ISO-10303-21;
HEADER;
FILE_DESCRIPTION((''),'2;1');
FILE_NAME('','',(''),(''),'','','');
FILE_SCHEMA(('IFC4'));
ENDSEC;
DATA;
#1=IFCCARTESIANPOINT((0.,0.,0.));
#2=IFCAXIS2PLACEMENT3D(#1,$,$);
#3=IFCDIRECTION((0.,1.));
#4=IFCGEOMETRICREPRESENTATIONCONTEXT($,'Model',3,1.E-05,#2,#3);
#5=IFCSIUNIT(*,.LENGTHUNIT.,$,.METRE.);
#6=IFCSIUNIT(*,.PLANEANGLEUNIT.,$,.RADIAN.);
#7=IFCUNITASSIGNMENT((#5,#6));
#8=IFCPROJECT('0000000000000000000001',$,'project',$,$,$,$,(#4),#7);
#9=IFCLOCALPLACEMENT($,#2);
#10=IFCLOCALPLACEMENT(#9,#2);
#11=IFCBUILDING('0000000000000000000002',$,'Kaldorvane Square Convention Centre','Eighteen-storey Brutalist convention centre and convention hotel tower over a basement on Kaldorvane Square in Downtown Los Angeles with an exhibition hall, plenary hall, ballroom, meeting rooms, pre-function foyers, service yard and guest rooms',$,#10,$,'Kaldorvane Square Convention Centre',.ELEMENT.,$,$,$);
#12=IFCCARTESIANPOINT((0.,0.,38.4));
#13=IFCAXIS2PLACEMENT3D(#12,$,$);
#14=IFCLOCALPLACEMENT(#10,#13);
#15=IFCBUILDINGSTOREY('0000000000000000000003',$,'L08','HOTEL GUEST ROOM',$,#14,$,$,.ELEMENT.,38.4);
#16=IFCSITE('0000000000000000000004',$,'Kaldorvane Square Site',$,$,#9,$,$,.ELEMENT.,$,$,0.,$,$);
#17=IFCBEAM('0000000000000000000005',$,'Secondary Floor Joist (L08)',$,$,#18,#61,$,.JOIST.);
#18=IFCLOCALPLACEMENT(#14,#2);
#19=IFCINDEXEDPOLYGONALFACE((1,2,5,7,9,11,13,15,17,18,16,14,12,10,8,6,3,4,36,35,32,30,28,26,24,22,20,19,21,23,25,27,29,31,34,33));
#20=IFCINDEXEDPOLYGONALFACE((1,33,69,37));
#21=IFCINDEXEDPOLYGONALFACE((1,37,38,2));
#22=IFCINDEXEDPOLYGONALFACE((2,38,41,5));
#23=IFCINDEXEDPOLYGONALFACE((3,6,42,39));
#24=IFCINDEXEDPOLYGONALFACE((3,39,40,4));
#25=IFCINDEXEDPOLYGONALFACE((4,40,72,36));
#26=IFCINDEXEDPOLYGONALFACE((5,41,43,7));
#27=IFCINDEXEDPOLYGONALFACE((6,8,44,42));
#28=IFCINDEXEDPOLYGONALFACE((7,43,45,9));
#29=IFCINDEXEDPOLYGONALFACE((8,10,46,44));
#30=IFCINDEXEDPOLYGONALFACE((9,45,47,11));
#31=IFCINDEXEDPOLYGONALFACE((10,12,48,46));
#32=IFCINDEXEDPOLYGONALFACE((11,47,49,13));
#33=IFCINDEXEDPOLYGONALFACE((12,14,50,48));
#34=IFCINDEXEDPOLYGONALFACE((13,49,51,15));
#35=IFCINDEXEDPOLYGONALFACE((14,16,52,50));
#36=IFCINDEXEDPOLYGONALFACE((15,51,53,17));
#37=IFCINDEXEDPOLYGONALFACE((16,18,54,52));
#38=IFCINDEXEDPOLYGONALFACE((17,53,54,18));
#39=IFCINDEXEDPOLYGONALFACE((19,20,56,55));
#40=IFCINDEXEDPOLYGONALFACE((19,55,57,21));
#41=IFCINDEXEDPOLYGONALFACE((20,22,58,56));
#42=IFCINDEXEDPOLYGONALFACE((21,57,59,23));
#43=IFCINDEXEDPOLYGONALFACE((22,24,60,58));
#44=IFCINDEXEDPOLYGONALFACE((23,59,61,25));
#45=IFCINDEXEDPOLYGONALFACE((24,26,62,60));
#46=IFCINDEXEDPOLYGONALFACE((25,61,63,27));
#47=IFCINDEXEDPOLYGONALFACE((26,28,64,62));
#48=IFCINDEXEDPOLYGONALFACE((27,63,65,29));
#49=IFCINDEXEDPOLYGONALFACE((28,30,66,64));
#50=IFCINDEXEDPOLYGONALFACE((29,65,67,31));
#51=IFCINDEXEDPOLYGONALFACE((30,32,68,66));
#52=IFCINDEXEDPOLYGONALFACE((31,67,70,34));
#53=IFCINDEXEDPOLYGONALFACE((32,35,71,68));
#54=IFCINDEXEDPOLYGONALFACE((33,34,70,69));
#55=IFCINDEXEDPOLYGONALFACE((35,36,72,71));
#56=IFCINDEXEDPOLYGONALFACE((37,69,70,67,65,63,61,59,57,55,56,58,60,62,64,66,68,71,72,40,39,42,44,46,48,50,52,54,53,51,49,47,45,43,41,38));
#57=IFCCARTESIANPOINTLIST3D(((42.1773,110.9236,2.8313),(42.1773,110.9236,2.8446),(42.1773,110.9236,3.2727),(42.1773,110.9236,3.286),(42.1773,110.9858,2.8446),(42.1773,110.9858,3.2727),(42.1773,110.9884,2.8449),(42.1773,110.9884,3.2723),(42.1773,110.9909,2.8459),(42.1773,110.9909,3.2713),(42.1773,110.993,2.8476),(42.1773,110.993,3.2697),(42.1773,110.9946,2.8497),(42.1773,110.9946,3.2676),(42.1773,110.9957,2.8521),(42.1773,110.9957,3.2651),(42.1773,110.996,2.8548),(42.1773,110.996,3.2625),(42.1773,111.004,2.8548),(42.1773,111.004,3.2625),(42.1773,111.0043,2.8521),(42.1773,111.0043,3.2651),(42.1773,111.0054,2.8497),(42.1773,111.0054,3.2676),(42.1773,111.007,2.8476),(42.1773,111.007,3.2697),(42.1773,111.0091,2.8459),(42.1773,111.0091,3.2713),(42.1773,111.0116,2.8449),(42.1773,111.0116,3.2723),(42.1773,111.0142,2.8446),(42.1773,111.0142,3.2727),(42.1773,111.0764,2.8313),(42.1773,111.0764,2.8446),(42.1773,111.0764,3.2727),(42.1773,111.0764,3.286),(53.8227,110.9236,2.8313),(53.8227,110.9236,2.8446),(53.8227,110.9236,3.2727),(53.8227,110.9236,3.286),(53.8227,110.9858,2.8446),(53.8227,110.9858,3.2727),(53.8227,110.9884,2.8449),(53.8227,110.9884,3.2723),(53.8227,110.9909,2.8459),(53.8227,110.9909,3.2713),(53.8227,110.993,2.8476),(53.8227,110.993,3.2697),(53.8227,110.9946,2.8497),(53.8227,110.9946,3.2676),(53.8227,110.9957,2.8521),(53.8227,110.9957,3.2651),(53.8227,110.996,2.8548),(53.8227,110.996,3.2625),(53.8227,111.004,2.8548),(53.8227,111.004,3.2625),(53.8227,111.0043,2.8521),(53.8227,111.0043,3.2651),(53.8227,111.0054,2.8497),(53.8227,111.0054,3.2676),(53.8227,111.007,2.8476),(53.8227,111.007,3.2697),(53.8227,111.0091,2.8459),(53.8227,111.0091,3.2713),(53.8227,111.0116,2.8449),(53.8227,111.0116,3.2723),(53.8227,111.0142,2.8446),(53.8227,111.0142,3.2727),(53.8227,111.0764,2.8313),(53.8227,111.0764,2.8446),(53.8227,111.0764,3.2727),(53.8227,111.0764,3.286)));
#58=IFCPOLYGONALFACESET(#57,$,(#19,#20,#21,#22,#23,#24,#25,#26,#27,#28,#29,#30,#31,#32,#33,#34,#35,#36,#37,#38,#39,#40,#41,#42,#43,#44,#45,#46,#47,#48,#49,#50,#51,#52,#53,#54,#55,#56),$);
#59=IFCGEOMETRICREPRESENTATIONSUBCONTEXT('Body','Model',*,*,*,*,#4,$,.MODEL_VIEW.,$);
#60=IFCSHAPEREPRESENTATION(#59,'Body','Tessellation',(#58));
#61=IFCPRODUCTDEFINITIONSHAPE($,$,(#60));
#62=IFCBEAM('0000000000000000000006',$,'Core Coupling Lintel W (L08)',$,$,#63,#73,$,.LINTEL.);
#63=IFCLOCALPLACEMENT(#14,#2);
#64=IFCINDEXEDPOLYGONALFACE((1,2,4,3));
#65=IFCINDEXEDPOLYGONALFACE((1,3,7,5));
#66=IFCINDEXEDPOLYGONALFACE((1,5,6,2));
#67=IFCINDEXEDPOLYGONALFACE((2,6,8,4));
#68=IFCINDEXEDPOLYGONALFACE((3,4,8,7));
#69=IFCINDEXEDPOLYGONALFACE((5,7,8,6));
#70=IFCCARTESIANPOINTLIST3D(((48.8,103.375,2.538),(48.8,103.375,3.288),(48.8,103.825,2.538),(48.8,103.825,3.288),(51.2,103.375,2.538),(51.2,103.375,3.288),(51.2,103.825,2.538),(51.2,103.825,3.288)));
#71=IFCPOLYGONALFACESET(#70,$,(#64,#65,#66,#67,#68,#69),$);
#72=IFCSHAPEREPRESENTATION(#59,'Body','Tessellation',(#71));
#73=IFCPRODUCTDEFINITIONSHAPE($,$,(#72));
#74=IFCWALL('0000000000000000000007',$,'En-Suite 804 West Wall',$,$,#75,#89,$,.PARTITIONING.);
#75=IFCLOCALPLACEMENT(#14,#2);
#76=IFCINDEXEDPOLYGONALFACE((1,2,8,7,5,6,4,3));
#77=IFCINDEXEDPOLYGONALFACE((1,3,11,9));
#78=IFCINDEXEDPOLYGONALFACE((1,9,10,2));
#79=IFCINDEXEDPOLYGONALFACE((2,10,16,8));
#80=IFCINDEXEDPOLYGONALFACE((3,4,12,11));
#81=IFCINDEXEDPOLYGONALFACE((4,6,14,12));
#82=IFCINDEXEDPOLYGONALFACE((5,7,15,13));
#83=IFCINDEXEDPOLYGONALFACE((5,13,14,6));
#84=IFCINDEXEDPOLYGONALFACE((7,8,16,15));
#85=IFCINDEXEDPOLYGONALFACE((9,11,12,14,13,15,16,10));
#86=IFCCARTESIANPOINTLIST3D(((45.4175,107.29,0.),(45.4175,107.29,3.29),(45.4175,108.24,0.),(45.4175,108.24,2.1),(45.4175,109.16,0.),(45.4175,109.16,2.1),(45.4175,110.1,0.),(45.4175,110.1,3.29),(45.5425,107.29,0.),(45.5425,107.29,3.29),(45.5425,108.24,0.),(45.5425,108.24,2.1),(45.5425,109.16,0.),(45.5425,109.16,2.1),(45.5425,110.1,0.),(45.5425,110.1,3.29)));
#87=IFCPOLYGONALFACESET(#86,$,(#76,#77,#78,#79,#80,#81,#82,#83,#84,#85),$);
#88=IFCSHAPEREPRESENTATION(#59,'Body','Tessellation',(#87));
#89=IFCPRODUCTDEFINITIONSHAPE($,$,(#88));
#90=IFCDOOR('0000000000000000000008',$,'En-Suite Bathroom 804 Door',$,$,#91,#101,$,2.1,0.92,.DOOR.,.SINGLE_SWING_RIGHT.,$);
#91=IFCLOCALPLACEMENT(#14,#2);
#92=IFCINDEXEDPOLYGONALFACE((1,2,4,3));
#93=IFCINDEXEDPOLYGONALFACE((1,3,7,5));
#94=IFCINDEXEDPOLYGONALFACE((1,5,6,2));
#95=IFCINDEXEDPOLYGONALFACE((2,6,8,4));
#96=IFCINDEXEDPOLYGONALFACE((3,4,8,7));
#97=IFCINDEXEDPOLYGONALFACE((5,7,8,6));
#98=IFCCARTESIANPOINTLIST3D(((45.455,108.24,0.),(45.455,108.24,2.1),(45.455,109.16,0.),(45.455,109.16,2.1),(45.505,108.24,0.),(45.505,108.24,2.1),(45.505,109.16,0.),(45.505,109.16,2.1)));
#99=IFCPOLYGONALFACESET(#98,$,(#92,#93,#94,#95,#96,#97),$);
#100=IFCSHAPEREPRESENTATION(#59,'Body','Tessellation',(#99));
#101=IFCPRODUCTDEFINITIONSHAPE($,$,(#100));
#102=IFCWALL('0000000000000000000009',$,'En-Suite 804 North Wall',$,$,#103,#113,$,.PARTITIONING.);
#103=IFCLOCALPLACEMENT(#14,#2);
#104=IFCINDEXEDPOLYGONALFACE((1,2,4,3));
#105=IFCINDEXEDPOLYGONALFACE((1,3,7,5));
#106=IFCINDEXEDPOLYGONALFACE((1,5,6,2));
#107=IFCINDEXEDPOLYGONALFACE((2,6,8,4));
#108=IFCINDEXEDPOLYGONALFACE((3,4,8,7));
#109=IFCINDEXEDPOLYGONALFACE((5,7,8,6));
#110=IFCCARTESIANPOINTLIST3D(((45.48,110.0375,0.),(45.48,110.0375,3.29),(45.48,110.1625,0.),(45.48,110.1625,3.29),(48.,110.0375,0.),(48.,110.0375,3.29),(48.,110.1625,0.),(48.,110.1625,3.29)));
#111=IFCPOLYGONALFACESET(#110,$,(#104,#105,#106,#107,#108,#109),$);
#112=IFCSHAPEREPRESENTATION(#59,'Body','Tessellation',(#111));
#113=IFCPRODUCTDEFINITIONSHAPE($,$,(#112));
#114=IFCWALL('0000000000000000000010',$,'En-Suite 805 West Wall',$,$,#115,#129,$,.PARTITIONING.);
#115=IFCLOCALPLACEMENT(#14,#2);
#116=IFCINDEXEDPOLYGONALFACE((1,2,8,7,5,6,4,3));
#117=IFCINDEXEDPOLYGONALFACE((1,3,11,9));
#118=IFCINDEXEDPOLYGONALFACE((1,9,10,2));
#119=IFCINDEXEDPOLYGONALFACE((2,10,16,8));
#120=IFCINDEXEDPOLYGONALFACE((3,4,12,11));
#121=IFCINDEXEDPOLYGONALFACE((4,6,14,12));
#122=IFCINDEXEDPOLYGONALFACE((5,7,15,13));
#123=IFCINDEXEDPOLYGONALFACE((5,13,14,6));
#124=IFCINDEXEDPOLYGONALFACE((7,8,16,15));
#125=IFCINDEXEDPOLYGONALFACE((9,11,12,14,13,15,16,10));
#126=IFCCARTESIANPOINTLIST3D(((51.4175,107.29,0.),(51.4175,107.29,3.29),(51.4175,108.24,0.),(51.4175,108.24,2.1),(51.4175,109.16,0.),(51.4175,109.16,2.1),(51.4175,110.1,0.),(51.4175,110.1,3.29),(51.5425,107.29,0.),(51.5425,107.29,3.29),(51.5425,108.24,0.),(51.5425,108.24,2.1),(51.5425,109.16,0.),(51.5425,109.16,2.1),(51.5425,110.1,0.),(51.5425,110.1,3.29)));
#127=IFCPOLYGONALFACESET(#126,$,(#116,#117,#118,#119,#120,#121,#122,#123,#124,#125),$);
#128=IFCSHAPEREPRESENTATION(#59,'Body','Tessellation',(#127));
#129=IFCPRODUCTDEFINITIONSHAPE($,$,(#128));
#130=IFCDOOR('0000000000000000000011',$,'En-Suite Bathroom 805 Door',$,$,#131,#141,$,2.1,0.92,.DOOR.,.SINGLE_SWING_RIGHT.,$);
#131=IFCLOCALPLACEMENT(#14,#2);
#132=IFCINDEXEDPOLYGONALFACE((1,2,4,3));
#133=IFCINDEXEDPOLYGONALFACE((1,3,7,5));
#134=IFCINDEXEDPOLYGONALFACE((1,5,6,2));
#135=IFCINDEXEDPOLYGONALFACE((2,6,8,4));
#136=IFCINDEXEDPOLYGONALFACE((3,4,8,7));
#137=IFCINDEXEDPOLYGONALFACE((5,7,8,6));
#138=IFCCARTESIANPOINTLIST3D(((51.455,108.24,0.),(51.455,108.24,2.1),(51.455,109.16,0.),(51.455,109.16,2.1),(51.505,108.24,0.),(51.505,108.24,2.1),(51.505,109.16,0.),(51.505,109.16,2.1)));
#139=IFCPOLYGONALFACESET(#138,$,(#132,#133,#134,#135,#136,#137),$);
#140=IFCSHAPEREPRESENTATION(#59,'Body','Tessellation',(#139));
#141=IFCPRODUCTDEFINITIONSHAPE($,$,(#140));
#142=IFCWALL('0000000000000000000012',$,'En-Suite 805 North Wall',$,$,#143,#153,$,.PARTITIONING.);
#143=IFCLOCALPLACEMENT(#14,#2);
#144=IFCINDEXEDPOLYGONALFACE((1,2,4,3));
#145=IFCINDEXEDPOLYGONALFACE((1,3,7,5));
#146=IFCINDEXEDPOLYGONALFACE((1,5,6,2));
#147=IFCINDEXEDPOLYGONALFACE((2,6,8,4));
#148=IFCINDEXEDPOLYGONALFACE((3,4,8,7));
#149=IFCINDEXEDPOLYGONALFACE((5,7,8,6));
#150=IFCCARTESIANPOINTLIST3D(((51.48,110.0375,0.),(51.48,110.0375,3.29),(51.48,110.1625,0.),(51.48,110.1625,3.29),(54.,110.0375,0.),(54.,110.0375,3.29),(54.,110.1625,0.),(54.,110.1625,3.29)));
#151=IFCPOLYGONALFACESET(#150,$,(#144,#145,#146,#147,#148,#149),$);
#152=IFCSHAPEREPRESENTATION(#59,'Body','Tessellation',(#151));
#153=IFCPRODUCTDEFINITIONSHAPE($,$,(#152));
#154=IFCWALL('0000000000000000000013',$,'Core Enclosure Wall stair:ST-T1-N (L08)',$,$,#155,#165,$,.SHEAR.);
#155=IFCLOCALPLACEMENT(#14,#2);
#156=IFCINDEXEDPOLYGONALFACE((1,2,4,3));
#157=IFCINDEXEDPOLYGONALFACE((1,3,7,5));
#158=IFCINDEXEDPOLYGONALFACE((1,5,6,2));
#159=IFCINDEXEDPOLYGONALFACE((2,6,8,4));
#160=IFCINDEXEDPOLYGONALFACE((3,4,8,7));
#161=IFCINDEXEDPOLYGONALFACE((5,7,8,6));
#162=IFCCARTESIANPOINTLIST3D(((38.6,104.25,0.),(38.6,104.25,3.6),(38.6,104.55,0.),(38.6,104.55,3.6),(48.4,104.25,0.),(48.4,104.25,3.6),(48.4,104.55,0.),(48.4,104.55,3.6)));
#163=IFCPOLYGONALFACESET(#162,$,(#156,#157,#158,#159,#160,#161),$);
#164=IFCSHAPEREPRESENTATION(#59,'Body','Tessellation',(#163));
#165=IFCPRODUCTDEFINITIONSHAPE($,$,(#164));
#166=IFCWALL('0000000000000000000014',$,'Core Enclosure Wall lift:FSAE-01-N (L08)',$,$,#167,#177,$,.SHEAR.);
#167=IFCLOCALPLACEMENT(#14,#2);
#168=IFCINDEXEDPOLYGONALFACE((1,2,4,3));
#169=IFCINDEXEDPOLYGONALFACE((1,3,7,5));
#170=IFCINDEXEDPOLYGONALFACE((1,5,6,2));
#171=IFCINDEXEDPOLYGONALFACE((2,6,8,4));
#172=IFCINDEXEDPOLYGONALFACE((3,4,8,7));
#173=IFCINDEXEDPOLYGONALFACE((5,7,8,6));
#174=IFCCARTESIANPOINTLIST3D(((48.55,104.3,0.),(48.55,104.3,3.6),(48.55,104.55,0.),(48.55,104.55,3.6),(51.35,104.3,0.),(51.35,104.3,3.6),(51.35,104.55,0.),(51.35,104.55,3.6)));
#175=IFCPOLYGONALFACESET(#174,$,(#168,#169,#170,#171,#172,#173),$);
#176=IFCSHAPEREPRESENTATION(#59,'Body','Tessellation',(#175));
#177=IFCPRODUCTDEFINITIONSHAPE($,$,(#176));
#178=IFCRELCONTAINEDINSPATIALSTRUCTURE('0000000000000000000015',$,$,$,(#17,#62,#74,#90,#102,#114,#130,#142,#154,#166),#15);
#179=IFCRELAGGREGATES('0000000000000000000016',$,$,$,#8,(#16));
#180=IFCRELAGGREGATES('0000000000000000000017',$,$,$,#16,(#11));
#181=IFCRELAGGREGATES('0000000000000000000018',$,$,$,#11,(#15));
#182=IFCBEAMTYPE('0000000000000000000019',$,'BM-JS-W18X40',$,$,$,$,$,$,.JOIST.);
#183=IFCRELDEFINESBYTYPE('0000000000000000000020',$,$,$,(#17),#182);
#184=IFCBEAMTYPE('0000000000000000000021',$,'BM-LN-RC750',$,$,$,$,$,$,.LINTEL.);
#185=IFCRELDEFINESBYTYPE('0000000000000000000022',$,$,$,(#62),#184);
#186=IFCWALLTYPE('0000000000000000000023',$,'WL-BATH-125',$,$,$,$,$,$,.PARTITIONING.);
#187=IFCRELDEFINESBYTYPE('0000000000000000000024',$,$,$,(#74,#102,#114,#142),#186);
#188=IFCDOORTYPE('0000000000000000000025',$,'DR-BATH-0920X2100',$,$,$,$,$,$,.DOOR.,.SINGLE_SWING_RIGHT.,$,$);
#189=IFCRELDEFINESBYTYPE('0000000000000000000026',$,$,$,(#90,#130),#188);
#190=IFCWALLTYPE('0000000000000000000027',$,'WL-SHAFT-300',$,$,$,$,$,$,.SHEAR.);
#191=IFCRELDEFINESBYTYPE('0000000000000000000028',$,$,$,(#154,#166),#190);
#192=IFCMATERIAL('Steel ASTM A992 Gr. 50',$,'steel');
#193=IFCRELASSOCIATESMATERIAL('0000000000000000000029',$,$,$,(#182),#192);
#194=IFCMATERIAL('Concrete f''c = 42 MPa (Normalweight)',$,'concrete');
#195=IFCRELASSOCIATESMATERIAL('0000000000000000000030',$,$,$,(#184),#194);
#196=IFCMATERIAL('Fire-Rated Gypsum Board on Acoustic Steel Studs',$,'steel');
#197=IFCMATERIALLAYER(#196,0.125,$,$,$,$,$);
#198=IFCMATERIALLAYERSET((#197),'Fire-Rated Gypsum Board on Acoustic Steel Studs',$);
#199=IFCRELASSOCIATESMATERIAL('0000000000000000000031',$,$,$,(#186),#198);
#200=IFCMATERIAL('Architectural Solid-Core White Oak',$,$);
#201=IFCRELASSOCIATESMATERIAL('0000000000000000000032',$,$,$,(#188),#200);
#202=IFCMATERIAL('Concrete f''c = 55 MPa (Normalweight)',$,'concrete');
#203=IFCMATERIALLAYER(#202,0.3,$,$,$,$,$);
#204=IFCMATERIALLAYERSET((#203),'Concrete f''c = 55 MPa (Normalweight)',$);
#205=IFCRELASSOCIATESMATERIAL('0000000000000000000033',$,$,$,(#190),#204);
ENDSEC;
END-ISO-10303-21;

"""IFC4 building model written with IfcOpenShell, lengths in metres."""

from ifc_helpers import new_model, si_unit, direction, frame, frame_2d, origin, origin_2d, place, context, subcontext, project, spatial, rectangle, i_section, extrude, material, layer, layer_set, material_profile, profile_set, type_object, element, fill, save


model = new_model("IFC4")

# Units and contexts
model_context = context("Model", 3, precision=1e-05, world=origin(), true_north=direction((0.0, 1.0)))
body_context = subcontext(model_context, "Body", "Model", "MODEL_VIEW")
ifc_project = project(units=[si_unit("LENGTHUNIT", "METRE"), si_unit("PLANEANGLEUNIT", "RADIAN")], contexts=[model_context])

# Site, building, storey
site_placement = place(None, origin())
site = spatial("IfcSite", under=ifc_project, at=site_placement, Name="Kaldorvane Square Site", CompositionType="ELEMENT", RefElevation=0.0)
building_placement = place(site_placement, origin())
building = spatial("IfcBuilding", under=site, at=building_placement, Name="Kaldorvane Square Convention Centre", Description="Eighteen-storey Brutalist convention centre and convention hotel tower over a basement on Kaldorvane Square in Downtown Los Angeles with an exhibition hall, plenary hall, ballroom, meeting rooms, pre-function foyers, service yard and guest rooms", LongName="Kaldorvane Square Convention Centre", CompositionType="ELEMENT")
storey_placement = place(building_placement, frame((0.0, 0.0, 38.4)))
storey = spatial("IfcBuildingStorey", under=building, at=storey_placement, Name="L08", Description="HOTEL GUEST ROOM", CompositionType="ELEMENT", Elevation=38.4)

# Shared definitions
ifc_material_1 = material(Name="Steel ASTM A992 Gr. 50", Category="steel")

# Beams
ifc_material_profile_1 = material_profile(ifc_material_1, i_section(OverallWidth=0.1528, OverallDepth=0.4547, WebThickness=0.008, FlangeThickness=0.0133, FilletRadius=0.0102, at=origin_2d()), Name="W18X40")
ifc_profile_set_1 = profile_set([ifc_material_profile_1], Name="Steel ASTM A992 Gr. 50")
beam_type_1 = type_object("IfcBeamType", Name="BM-JS-W18X40", PredefinedType="JOIST", material=ifc_profile_set_1)
beam_1_placement = place(storey_placement, frame((42.1773, 111.0, 3.0586), z_axis=(1.0, 0.0, 0.0), x_axis=(0.0, 1.0, 0.0)))
element("IfcBeam", 1, at=beam_1_placement, inside=storey, type_object=beam_type_1, Name="Secondary Floor Joist (L08)", PredefinedType="JOIST", context=body_context, shape_type="SweptSolid", body=[
    extrude(i_section(OverallWidth=0.1528, OverallDepth=0.4547, WebThickness=0.008, FlangeThickness=0.0133, FilletRadius=0.0102, at=origin_2d()), origin(), (0.0, 0.0, 1.0), 11.6454),
])
ifc_material_2 = material(Name="Concrete f'c = 42 MPa (Normalweight)", Category="concrete")
ifc_material_profile_2 = material_profile(ifc_material_2, rectangle(XDim=0.45, YDim=0.75, at=origin_2d()), Name="RCLN750X450")
ifc_profile_set_2 = profile_set([ifc_material_profile_2], Name="Concrete f'c = 42 MPa (Normalweight)")
beam_type_2 = type_object("IfcBeamType", Name="BM-LN-RC750", PredefinedType="LINTEL", material=ifc_profile_set_2)
beam_2_placement = place(storey_placement, frame((48.8, 103.6, 2.913), z_axis=(1.0, 0.0, 0.0), x_axis=(0.0, 1.0, 0.0)))
element("IfcBeam", 2, at=beam_2_placement, inside=storey, type_object=beam_type_2, Name="Core Coupling Lintel W (L08)", PredefinedType="LINTEL", context=body_context, shape_type="SweptSolid", body=[
    extrude(rectangle(XDim=0.45, YDim=0.75, at=origin_2d()), origin(), (0.0, 0.0, 1.0), 2.4),
])

# Wall, opening, door
ifc_material_3 = material(Name="Fire-Rated Gypsum Board on Acoustic Steel Studs", Category="steel")
ifc_layer_1 = layer(ifc_material_3, 0.125)
ifc_layer_set_1 = layer_set([ifc_layer_1], Name="Fire-Rated Gypsum Board on Acoustic Steel Studs")
wall_type_1 = type_object("IfcWallType", Name="WL-BATH-125", PredefinedType="PARTITIONING", material=ifc_layer_set_1)
wall_1_placement = place(storey_placement, frame((45.48, 107.29, 0.0), z_axis=(0.0, 0.0, 1.0), x_axis=(0.0, 1.0, 0.0)))
wall_1 = element("IfcWall", 3, at=wall_1_placement, inside=storey, type_object=wall_type_1, Name="En-Suite 804 West Wall", PredefinedType="PARTITIONING", context=body_context, shape_type="SweptSolid", body=[
    extrude(rectangle(XDim=2.81, YDim=0.125, at=frame_2d((1.405, 0.0))), origin(), (0.0, 0.0, 1.0), 3.29),
])
opening_1_placement = place(wall_1_placement, frame((0.95, 0.0, 0.0)))
opening_1 = element("IfcOpeningElement", 4, at=opening_1_placement, cuts=wall_1, PredefinedType="OPENING", context=body_context, shape_type="SweptSolid", body=[
    extrude(rectangle(XDim=0.92, YDim=2.1, at=frame_2d((0.46, 1.05))), frame((0.0, 0.0775, 0.0), z_axis=(0.0, -1.0, 0.0), x_axis=(1.0, 0.0, 0.0)), (0.0, 0.0, 1.0), 0.155),
])
ifc_material_4 = material(Name="Architectural Solid-Core White Oak")
door_type_1 = type_object("IfcDoorType", Name="DR-BATH-0920X2100", OperationType="SINGLE_SWING_RIGHT", PredefinedType="DOOR", material=ifc_material_4)
door_1_placement = place(opening_1_placement, origin())
door_1 = element("IfcDoor", 5, at=door_1_placement, inside=storey, type_object=door_type_1, Name="En-Suite Bathroom 804 Door", OperationType="SINGLE_SWING_RIGHT", OverallHeight=2.1, OverallWidth=0.92, PredefinedType="DOOR", context=body_context, shape_type="SweptSolid", body=[
    extrude(rectangle(XDim=0.92, YDim=2.1, at=frame_2d((0.46, 1.05))), frame((0.0, 0.025, 0.0), z_axis=(0.0, -1.0, 0.0), x_axis=(1.0, 0.0, 0.0)), (0.0, 0.0, 1.0), 0.05),
])
fill(opening_1, door_1)

# Wall
wall_2_placement = place(storey_placement, frame((45.48, 110.1, 0.0), z_axis=(0.0, 0.0, 1.0), x_axis=(1.0, 0.0, 0.0)))
element("IfcWall", 6, at=wall_2_placement, inside=storey, type_object=wall_type_1, Name="En-Suite 804 North Wall", PredefinedType="PARTITIONING", context=body_context, shape_type="SweptSolid", body=[
    extrude(rectangle(XDim=2.52, YDim=0.125, at=frame_2d((1.26, 0.0))), origin(), (0.0, 0.0, 1.0), 3.29),
])

# Wall, opening, door
wall_3_placement = place(storey_placement, frame((51.48, 107.29, 0.0), z_axis=(0.0, 0.0, 1.0), x_axis=(0.0, 1.0, 0.0)))
wall_3 = element("IfcWall", 7, at=wall_3_placement, inside=storey, type_object=wall_type_1, Name="En-Suite 805 West Wall", PredefinedType="PARTITIONING", context=body_context, shape_type="SweptSolid", body=[
    extrude(rectangle(XDim=2.81, YDim=0.125, at=frame_2d((1.405, 0.0))), origin(), (0.0, 0.0, 1.0), 3.29),
])
opening_2_placement = place(wall_3_placement, frame((0.95, 0.0, 0.0)))
opening_2 = element("IfcOpeningElement", 8, at=opening_2_placement, cuts=wall_3, PredefinedType="OPENING", context=body_context, shape_type="SweptSolid", body=[
    extrude(rectangle(XDim=0.92, YDim=2.1, at=frame_2d((0.46, 1.05))), frame((0.0, 0.0775, 0.0), z_axis=(0.0, -1.0, 0.0), x_axis=(1.0, 0.0, 0.0)), (0.0, 0.0, 1.0), 0.155),
])
door_2_placement = place(opening_2_placement, origin())
door_2 = element("IfcDoor", 9, at=door_2_placement, inside=storey, type_object=door_type_1, Name="En-Suite Bathroom 805 Door", OperationType="SINGLE_SWING_RIGHT", OverallHeight=2.1, OverallWidth=0.92, PredefinedType="DOOR", context=body_context, shape_type="SweptSolid", body=[
    extrude(rectangle(XDim=0.92, YDim=2.1, at=frame_2d((0.46, 1.05))), frame((0.0, 0.025, 0.0), z_axis=(0.0, -1.0, 0.0), x_axis=(1.0, 0.0, 0.0)), (0.0, 0.0, 1.0), 0.05),
])
fill(opening_2, door_2)

# Walls
wall_4_placement = place(storey_placement, frame((51.48, 110.1, 0.0), z_axis=(0.0, 0.0, 1.0), x_axis=(1.0, 0.0, 0.0)))
element("IfcWall", 10, at=wall_4_placement, inside=storey, type_object=wall_type_1, Name="En-Suite 805 North Wall", PredefinedType="PARTITIONING", context=body_context, shape_type="SweptSolid", body=[
    extrude(rectangle(XDim=2.52, YDim=0.125, at=frame_2d((1.26, 0.0))), origin(), (0.0, 0.0, 1.0), 3.29),
])
ifc_material_5 = material(Name="Concrete f'c = 55 MPa (Normalweight)", Category="concrete")
ifc_layer_2 = layer(ifc_material_5, 0.3)
ifc_layer_set_2 = layer_set([ifc_layer_2], Name="Concrete f'c = 55 MPa (Normalweight)")
wall_type_2 = type_object("IfcWallType", Name="WL-SHAFT-300", PredefinedType="SHEAR", material=ifc_layer_set_2)
wall_5_placement = place(storey_placement, frame((48.4, 104.4, 0.0), z_axis=(0.0, 0.0, 1.0), x_axis=(-1.0, 0.0, 0.0)))
element("IfcWall", 11, at=wall_5_placement, inside=storey, type_object=wall_type_2, Name="Core Enclosure Wall stair:ST-T1-N (L08)", PredefinedType="SHEAR", context=body_context, shape_type="SweptSolid", body=[
    extrude(rectangle(XDim=9.8, YDim=0.3, at=frame_2d((4.9, 0.0))), origin(), (0.0, 0.0, 1.0), 3.6),
])
wall_6_placement = place(storey_placement, frame((51.35, 104.425, 0.0), z_axis=(0.0, 0.0, 1.0), x_axis=(-1.0, 0.0, 0.0)))
element("IfcWall", 12, at=wall_6_placement, inside=storey, type_object=wall_type_2, Name="Core Enclosure Wall lift:FSAE-01-N (L08)", PredefinedType="SHEAR", context=body_context, shape_type="SweptSolid", body=[
    extrude(rectangle(XDim=2.8, YDim=0.25, at=frame_2d((1.4, 0.0))), origin(), (0.0, 0.0, 1.0), 3.6),
])

save(model, "model.ifc")
